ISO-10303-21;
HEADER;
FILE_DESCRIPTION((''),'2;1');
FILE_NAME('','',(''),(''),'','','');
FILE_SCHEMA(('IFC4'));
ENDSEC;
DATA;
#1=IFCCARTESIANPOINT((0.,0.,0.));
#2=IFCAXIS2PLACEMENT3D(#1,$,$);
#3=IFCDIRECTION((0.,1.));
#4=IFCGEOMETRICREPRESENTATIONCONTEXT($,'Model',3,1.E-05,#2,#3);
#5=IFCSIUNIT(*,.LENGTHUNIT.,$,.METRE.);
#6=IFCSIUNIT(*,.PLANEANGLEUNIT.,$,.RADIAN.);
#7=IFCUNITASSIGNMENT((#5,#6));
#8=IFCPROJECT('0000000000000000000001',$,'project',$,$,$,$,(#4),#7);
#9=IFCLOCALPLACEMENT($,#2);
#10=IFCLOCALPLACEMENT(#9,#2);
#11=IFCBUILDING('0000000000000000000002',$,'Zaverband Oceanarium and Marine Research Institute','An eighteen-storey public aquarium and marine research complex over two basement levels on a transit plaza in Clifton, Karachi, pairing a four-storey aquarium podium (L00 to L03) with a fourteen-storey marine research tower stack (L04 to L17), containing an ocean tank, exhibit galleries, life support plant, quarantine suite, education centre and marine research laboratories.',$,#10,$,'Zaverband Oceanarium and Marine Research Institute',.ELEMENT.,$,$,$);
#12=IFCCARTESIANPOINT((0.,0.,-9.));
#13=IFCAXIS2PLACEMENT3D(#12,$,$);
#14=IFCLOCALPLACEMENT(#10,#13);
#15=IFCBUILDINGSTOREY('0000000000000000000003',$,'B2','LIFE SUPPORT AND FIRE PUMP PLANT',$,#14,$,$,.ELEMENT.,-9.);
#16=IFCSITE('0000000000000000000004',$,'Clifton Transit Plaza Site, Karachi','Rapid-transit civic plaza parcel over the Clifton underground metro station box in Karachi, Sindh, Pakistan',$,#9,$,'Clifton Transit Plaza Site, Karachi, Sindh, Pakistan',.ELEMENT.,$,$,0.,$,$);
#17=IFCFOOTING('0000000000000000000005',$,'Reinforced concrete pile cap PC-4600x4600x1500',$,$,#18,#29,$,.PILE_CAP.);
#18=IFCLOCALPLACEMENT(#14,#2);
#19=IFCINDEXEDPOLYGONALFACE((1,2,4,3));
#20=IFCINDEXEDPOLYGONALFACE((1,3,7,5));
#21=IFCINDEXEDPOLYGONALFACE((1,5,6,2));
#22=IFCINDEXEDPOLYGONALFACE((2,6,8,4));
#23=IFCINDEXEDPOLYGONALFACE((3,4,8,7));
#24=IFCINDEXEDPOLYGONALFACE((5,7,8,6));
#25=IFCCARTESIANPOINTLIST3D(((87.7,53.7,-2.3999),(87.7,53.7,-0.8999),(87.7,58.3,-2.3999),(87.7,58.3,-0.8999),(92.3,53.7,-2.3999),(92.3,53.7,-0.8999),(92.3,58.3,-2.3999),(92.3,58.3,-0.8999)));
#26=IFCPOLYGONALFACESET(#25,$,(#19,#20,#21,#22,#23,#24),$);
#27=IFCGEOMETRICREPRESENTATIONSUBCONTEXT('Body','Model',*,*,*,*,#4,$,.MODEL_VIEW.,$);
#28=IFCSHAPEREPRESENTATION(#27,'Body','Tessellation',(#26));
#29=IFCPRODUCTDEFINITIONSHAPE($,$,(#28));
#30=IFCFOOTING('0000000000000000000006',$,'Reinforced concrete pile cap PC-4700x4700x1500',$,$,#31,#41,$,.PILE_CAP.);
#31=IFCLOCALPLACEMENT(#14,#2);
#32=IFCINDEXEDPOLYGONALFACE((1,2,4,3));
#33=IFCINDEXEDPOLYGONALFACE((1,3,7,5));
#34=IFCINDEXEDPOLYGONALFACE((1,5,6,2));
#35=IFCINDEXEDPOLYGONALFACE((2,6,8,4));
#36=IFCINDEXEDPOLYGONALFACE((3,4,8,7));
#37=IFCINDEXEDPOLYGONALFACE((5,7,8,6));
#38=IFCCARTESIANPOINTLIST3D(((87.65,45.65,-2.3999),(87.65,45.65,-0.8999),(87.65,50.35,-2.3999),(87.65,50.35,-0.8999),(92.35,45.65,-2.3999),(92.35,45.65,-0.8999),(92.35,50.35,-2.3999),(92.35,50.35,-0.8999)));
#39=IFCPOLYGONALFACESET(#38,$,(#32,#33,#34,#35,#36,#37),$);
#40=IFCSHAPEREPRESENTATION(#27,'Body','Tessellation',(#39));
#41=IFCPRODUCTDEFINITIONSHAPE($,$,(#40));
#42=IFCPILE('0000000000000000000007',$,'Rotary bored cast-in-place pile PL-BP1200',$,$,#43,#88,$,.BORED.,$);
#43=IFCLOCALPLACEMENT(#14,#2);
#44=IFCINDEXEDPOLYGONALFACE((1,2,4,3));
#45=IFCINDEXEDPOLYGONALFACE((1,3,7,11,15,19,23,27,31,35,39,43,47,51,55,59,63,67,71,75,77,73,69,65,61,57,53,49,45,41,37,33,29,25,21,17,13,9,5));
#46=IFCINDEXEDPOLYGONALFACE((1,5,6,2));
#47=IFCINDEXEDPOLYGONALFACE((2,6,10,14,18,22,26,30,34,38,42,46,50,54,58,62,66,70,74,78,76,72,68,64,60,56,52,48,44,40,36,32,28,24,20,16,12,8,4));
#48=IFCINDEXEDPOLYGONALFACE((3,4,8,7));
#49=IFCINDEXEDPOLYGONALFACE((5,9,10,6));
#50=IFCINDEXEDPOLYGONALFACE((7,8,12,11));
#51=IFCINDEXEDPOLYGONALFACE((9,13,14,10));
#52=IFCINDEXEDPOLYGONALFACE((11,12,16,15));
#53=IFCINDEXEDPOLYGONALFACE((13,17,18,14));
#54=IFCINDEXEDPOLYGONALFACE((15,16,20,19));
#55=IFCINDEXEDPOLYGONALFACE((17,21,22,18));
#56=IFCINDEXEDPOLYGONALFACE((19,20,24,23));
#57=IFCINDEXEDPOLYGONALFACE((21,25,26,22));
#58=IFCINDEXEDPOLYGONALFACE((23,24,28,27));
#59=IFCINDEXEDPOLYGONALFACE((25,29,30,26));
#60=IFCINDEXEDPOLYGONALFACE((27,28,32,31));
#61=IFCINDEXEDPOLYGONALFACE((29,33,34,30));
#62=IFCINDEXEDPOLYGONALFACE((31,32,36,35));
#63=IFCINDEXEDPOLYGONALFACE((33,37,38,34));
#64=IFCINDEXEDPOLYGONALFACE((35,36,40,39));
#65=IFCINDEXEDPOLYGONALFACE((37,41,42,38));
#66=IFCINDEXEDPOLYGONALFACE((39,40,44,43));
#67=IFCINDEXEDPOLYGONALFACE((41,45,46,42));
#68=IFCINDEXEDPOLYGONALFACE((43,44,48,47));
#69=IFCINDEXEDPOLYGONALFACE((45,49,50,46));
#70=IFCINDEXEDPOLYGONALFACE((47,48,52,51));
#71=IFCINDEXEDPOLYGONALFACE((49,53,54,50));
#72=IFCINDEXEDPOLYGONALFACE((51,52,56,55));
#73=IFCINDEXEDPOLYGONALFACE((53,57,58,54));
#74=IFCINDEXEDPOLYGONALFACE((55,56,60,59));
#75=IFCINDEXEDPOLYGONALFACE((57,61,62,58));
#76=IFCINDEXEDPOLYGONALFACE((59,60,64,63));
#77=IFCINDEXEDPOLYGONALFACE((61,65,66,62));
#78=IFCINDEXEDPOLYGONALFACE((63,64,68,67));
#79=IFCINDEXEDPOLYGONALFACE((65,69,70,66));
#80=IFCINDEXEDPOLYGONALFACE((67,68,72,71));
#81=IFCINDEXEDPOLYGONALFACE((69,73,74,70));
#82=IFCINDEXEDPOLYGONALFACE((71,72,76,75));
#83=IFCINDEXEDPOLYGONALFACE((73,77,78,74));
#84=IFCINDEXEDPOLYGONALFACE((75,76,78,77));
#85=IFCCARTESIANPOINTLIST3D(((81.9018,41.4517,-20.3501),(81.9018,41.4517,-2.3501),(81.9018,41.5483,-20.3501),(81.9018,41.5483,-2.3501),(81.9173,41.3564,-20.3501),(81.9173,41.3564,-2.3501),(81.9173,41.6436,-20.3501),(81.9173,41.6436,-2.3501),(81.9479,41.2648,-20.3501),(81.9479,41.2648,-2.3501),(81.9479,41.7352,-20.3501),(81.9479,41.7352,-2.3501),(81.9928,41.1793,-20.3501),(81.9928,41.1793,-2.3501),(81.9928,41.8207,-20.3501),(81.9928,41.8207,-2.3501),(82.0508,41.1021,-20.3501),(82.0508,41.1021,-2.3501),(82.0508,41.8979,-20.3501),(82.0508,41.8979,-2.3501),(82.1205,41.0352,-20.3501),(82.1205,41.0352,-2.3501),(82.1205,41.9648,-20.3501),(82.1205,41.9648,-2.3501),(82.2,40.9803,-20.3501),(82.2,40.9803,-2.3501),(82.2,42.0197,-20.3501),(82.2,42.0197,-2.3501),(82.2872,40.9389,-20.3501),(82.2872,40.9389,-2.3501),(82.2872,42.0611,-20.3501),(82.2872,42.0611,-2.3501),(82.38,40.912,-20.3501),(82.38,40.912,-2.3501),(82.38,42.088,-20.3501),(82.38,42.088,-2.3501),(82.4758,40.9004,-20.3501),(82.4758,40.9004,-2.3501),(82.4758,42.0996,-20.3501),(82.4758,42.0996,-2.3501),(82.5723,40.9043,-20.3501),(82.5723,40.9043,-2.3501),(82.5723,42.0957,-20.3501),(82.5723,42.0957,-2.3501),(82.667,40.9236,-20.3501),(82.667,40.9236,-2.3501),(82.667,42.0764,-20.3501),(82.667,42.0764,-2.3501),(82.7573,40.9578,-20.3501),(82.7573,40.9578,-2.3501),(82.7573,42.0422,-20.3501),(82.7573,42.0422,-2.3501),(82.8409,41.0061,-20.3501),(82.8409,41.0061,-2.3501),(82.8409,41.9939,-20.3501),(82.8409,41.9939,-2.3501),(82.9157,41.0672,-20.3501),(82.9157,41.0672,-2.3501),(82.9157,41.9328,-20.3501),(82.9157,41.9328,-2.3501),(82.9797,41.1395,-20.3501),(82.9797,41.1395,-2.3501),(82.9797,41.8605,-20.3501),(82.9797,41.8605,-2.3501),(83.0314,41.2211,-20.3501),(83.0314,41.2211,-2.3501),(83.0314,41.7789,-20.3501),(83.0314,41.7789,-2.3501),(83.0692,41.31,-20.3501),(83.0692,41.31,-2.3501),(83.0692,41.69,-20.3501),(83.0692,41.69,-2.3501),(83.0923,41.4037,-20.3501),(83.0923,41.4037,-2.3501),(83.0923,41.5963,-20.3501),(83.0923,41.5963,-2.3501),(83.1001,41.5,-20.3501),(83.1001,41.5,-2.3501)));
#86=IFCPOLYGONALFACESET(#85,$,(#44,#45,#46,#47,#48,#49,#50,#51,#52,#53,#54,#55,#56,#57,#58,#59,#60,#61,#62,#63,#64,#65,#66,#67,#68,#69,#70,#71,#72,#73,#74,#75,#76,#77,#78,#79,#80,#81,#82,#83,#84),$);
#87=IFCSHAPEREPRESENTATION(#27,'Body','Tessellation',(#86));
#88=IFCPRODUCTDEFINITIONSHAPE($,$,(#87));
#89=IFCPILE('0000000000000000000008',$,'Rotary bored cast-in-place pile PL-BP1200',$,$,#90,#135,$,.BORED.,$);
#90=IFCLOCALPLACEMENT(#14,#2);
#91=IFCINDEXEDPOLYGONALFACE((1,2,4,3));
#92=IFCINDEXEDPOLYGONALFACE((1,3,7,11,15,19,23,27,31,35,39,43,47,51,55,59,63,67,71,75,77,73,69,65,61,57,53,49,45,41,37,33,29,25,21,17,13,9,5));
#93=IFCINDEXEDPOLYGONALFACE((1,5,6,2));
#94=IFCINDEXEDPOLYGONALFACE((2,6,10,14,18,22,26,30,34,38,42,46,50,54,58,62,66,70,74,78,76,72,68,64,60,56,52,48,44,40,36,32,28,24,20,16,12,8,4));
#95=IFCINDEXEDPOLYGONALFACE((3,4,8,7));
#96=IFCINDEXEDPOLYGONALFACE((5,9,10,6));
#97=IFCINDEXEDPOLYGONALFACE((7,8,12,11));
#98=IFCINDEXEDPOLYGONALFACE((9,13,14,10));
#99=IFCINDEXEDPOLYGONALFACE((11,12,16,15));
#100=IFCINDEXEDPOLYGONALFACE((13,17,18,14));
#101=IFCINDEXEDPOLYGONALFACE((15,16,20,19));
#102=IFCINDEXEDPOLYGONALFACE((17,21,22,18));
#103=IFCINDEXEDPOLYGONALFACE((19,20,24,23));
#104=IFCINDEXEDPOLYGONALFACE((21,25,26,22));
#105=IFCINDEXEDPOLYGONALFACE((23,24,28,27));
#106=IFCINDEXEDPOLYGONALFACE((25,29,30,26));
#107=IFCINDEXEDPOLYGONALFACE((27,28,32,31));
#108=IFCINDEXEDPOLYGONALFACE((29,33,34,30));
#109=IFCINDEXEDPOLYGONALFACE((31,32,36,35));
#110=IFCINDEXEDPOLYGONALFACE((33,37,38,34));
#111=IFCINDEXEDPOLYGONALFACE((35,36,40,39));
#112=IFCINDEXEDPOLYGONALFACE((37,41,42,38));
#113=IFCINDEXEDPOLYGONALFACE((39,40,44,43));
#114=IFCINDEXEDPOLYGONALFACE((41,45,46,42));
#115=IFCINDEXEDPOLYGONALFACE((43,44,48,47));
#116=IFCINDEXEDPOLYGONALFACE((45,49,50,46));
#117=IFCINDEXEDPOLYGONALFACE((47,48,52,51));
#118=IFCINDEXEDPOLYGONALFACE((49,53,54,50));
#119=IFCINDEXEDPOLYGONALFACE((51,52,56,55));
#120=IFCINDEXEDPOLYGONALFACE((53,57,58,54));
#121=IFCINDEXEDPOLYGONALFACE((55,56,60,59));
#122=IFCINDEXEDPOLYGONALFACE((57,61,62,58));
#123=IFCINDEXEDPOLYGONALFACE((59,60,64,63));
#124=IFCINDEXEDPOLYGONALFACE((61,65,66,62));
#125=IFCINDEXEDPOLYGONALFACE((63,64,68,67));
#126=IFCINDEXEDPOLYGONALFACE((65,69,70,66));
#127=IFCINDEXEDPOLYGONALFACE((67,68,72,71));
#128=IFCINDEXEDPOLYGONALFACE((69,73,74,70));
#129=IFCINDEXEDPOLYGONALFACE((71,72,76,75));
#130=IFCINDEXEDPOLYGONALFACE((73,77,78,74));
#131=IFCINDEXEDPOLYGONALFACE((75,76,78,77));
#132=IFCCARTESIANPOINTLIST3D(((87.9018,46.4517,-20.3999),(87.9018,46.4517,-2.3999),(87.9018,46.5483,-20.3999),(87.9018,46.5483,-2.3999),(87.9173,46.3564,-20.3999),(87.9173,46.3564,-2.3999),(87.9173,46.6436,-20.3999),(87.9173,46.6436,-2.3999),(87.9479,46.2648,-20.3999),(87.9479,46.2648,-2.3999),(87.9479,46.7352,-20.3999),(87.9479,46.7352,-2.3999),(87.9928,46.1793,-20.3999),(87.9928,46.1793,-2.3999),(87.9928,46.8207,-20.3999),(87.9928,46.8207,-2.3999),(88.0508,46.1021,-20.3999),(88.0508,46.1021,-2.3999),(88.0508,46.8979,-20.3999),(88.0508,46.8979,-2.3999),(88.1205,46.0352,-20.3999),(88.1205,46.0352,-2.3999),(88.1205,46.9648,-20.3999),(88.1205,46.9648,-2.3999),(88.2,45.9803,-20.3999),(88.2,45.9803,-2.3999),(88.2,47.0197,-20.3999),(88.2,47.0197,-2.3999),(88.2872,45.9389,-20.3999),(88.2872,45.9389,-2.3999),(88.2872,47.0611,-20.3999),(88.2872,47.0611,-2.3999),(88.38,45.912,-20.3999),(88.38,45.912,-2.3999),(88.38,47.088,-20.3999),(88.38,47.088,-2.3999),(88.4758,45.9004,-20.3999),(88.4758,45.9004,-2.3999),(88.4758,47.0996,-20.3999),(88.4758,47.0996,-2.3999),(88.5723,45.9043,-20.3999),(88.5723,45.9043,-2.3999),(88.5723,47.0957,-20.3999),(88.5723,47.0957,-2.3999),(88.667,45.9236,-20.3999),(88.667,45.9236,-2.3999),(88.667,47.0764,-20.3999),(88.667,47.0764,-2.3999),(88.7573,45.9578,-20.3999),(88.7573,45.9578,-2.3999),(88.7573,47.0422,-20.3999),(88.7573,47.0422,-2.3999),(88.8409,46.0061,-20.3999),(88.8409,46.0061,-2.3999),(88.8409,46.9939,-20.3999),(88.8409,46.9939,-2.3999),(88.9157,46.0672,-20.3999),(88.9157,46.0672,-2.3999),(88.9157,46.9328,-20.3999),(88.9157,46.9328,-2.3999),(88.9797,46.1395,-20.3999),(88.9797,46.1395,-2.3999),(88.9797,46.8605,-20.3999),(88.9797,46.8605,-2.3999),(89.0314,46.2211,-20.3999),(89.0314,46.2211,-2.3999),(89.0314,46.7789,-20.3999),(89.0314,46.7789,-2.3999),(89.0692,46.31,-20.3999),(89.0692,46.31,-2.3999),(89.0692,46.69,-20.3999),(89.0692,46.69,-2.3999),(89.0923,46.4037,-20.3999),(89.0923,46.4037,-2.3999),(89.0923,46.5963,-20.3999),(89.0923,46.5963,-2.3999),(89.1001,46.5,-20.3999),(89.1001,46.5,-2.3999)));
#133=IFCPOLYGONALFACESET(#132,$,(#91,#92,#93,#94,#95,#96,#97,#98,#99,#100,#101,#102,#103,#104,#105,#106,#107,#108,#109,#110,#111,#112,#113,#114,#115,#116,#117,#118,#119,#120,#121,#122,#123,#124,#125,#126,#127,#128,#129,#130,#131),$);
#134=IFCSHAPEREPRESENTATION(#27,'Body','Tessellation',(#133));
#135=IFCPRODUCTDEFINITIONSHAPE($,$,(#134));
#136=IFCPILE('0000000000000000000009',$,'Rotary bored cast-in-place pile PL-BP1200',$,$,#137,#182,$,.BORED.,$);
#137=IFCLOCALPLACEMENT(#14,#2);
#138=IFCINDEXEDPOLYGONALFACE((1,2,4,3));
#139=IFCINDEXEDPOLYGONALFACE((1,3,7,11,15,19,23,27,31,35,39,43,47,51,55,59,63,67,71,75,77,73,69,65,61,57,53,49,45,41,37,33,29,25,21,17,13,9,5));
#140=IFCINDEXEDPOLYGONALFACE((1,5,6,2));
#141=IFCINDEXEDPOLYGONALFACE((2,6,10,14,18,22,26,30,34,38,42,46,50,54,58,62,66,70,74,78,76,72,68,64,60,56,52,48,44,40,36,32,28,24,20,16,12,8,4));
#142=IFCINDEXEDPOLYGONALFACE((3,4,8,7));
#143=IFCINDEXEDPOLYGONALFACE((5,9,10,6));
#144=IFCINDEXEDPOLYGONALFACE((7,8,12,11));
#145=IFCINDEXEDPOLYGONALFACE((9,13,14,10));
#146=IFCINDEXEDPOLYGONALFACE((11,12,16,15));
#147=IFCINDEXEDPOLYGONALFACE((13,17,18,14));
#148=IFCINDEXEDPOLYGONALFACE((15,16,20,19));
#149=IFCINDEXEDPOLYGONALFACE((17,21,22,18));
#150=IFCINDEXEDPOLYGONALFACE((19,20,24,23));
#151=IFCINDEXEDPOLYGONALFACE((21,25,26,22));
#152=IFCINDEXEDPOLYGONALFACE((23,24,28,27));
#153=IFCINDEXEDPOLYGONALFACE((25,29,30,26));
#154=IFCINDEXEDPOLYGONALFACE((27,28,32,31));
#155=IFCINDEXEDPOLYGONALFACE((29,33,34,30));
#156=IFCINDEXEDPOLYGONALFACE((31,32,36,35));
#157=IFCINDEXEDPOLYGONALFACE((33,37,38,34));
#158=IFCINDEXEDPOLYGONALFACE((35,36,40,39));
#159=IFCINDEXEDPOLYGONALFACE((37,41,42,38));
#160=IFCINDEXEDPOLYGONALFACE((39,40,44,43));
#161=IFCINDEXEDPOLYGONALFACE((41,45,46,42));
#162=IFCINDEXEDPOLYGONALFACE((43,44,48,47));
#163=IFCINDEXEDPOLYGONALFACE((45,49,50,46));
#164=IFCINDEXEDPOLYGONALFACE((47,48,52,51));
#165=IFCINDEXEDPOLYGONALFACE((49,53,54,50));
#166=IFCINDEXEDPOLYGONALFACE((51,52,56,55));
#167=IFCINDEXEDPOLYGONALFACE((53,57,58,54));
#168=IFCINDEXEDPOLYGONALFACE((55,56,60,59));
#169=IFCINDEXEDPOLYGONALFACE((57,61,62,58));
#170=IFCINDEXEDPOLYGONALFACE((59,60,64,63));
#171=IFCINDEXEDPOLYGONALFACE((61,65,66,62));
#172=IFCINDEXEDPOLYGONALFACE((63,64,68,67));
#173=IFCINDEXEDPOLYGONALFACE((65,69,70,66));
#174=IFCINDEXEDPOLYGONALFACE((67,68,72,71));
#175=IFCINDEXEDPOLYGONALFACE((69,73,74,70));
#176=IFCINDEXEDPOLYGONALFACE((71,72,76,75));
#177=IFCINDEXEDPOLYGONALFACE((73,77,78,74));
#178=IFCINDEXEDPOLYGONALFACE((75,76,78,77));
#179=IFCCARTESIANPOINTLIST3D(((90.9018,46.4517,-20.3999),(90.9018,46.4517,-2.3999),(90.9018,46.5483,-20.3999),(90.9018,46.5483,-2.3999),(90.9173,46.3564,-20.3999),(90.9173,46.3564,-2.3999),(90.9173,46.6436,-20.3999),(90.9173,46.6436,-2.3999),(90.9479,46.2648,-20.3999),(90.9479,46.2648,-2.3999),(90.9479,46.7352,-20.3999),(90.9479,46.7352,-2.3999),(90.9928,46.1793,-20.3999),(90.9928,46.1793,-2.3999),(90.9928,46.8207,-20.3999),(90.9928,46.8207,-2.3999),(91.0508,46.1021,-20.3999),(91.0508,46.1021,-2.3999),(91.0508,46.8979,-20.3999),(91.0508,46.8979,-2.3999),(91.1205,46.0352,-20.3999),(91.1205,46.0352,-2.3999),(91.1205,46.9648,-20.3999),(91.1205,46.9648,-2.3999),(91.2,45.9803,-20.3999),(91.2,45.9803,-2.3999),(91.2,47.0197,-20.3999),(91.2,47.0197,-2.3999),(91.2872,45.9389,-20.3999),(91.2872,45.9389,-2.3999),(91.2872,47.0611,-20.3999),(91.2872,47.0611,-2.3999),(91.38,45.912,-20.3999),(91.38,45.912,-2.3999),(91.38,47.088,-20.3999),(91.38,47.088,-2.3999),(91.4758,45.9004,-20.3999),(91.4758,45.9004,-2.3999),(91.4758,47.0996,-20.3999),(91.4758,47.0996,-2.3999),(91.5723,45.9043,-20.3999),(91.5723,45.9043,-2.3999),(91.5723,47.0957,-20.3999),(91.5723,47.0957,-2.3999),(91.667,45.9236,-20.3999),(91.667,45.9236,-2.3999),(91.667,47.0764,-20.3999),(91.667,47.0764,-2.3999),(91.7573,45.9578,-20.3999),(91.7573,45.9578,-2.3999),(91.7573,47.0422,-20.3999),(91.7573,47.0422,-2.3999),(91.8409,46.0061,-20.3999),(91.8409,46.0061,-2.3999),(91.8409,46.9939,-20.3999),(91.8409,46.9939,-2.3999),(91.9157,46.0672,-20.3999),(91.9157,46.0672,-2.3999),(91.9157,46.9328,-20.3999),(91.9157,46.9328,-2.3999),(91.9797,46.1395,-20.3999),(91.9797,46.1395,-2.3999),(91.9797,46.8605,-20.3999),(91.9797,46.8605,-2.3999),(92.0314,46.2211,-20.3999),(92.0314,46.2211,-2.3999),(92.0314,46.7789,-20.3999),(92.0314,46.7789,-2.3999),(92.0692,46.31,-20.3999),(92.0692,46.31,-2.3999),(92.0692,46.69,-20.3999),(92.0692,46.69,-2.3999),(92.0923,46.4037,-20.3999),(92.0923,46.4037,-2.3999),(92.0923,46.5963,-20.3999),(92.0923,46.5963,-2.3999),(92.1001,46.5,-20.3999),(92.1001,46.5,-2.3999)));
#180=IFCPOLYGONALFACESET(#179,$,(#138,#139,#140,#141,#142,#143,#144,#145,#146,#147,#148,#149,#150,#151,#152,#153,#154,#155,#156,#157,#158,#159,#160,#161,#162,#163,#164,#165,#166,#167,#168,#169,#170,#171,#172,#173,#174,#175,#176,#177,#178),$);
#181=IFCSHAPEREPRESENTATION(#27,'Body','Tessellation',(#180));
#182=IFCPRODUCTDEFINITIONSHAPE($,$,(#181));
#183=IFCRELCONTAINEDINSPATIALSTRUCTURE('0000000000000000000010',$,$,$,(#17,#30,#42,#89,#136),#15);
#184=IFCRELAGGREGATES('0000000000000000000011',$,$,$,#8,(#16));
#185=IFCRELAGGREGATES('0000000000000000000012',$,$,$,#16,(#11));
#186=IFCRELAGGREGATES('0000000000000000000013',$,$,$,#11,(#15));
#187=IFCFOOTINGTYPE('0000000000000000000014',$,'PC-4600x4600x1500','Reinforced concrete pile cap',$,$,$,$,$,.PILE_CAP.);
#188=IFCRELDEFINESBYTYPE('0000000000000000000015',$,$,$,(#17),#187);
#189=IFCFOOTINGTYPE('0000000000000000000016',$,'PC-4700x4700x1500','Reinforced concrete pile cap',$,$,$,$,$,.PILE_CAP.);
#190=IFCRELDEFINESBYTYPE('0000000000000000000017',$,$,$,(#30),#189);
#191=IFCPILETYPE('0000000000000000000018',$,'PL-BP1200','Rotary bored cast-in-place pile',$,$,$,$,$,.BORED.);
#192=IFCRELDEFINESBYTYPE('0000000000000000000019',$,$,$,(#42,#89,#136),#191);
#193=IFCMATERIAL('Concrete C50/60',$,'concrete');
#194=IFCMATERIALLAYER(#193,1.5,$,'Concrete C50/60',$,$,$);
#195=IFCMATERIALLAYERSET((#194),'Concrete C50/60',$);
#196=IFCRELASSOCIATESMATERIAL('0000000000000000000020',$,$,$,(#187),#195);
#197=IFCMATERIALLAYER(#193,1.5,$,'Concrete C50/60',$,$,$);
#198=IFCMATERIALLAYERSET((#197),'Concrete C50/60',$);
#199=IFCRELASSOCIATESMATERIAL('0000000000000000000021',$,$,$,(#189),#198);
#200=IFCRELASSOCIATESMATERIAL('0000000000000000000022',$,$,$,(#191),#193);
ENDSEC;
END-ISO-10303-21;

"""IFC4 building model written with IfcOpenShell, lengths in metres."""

from ifc_helpers import new_model, si_unit, direction, frame, origin, origin_2d, place, context, subcontext, project, spatial, rectangle, circle, extrude, material, layer, layer_set, material_profile, profile_set, type_object, element, save


model = new_model("IFC4")

# Units and contexts
model_context = context("Model", 3, precision=1e-05, world=origin(), true_north=direction((0.0, 1.0)))
body_context = subcontext(model_context, "Body", "Model", "MODEL_VIEW")
ifc_project = project(units=[si_unit("LENGTHUNIT", "METRE"), si_unit("PLANEANGLEUNIT", "RADIAN")], contexts=[model_context])

# Site, building, storey
site_placement = place(None, origin())
site = spatial("IfcSite", under=ifc_project, at=site_placement, Name="Clifton Transit Plaza Site, Karachi", Description="Rapid-transit civic plaza parcel over the Clifton underground metro station box in Karachi, Sindh, Pakistan", LongName="Clifton Transit Plaza Site, Karachi, Sindh, Pakistan", CompositionType="ELEMENT", RefElevation=0.0)
building_placement = place(site_placement, origin())
building = spatial("IfcBuilding", under=site, at=building_placement, Name="Zaverband Oceanarium and Marine Research Institute", Description="An eighteen-storey public aquarium and marine research complex over two basement levels on a transit plaza in Clifton, Karachi, pairing a four-storey aquarium podium (L00 to L03) with a fourteen-storey marine research tower stack (L04 to L17), containing an ocean tank, exhibit galleries, life support plant, quarantine suite, education centre and marine research laboratories.", LongName="Zaverband Oceanarium and Marine Research Institute", CompositionType="ELEMENT")
storey_placement = place(building_placement, frame((0.0, 0.0, -9.0)))
storey = spatial("IfcBuildingStorey", under=building, at=storey_placement, Name="B2", Description="LIFE SUPPORT AND FIRE PUMP PLANT", CompositionType="ELEMENT", Elevation=-9.0)

# Footings
ifc_material_1 = material(Name="Concrete C50/60", Category="concrete")
ifc_layer_1 = layer(ifc_material_1, 1.5, Name="Concrete C50/60")
ifc_layer_set_1 = layer_set([ifc_layer_1], Name="Concrete C50/60")
footing_type_1 = type_object("IfcFootingType", Name="PC-4600x4600x1500", Description="Reinforced concrete pile cap", PredefinedType="PILE_CAP", material=ifc_layer_set_1)
footing_1_placement = place(storey_placement, frame((90.0, 56.0, -2.3999), z_axis=(0.0, 0.0, 1.0), x_axis=(1.0, 0.0, 0.0)))
element("IfcFooting", 1, at=footing_1_placement, inside=storey, type_object=footing_type_1, Name="Reinforced concrete pile cap PC-4600x4600x1500", PredefinedType="PILE_CAP", context=body_context, shape_type="SweptSolid", body=[
    extrude(rectangle(XDim=4.6001, YDim=4.6001, at=origin_2d()), origin(), (0.0, 0.0, 1.0), 1.5),
])
ifc_layer_2 = layer(ifc_material_1, 1.5, Name="Concrete C50/60")
ifc_layer_set_2 = layer_set([ifc_layer_2], Name="Concrete C50/60")
footing_type_2 = type_object("IfcFootingType", Name="PC-4700x4700x1500", Description="Reinforced concrete pile cap", PredefinedType="PILE_CAP", material=ifc_layer_set_2)
footing_2_placement = place(storey_placement, frame((90.0, 48.0, -2.3999), z_axis=(0.0, 0.0, 1.0), x_axis=(1.0, 0.0, 0.0)))
element("IfcFooting", 2, at=footing_2_placement, inside=storey, type_object=footing_type_2, Name="Reinforced concrete pile cap PC-4700x4700x1500", PredefinedType="PILE_CAP", context=body_context, shape_type="SweptSolid", body=[
    extrude(rectangle(XDim=4.7, YDim=4.7, at=origin_2d()), origin(), (0.0, 0.0, 1.0), 1.5),
])

# Piles
ifc_material_profile_1 = material_profile(ifc_material_1, circle(Radius=0.6001, at=origin_2d()), Name="BP1200")
ifc_profile_set_1 = profile_set([ifc_material_profile_1], Name="Concrete C50/60")
pile_type = type_object("IfcPileType", Name="PL-BP1200", Description="Rotary bored cast-in-place pile", PredefinedType="BORED", material=ifc_profile_set_1)
for number, where, z_axis, x_axis, name in (
    (3, (82.5, 41.5, -2.3501), (0.0, 0.0, -1.0), (1.0, 0.0, 0.0), "Rotary bored cast-in-place pile PL-BP1200"),
    (4, (88.5, 46.5, -2.3999), (0.0, 0.0, -1.0), (1.0, 0.0, 0.0), "Rotary bored cast-in-place pile PL-BP1200"),
    (5, (91.5, 46.5, -2.3999), (0.0, 0.0, -1.0), (1.0, 0.0, 0.0), "Rotary bored cast-in-place pile PL-BP1200"),
):
    element("IfcPile", number, at=place(storey_placement, frame(where, z_axis=z_axis, x_axis=x_axis)), inside=storey, type_object=pile_type, Name=name, PredefinedType="BORED", context=body_context, shape_type="SweptSolid", body=[
        extrude(circle(Radius=0.6001, at=origin_2d()), origin(), (0.0, 0.0, 1.0), 18.0),
    ])

save(model, "model.ifc")
